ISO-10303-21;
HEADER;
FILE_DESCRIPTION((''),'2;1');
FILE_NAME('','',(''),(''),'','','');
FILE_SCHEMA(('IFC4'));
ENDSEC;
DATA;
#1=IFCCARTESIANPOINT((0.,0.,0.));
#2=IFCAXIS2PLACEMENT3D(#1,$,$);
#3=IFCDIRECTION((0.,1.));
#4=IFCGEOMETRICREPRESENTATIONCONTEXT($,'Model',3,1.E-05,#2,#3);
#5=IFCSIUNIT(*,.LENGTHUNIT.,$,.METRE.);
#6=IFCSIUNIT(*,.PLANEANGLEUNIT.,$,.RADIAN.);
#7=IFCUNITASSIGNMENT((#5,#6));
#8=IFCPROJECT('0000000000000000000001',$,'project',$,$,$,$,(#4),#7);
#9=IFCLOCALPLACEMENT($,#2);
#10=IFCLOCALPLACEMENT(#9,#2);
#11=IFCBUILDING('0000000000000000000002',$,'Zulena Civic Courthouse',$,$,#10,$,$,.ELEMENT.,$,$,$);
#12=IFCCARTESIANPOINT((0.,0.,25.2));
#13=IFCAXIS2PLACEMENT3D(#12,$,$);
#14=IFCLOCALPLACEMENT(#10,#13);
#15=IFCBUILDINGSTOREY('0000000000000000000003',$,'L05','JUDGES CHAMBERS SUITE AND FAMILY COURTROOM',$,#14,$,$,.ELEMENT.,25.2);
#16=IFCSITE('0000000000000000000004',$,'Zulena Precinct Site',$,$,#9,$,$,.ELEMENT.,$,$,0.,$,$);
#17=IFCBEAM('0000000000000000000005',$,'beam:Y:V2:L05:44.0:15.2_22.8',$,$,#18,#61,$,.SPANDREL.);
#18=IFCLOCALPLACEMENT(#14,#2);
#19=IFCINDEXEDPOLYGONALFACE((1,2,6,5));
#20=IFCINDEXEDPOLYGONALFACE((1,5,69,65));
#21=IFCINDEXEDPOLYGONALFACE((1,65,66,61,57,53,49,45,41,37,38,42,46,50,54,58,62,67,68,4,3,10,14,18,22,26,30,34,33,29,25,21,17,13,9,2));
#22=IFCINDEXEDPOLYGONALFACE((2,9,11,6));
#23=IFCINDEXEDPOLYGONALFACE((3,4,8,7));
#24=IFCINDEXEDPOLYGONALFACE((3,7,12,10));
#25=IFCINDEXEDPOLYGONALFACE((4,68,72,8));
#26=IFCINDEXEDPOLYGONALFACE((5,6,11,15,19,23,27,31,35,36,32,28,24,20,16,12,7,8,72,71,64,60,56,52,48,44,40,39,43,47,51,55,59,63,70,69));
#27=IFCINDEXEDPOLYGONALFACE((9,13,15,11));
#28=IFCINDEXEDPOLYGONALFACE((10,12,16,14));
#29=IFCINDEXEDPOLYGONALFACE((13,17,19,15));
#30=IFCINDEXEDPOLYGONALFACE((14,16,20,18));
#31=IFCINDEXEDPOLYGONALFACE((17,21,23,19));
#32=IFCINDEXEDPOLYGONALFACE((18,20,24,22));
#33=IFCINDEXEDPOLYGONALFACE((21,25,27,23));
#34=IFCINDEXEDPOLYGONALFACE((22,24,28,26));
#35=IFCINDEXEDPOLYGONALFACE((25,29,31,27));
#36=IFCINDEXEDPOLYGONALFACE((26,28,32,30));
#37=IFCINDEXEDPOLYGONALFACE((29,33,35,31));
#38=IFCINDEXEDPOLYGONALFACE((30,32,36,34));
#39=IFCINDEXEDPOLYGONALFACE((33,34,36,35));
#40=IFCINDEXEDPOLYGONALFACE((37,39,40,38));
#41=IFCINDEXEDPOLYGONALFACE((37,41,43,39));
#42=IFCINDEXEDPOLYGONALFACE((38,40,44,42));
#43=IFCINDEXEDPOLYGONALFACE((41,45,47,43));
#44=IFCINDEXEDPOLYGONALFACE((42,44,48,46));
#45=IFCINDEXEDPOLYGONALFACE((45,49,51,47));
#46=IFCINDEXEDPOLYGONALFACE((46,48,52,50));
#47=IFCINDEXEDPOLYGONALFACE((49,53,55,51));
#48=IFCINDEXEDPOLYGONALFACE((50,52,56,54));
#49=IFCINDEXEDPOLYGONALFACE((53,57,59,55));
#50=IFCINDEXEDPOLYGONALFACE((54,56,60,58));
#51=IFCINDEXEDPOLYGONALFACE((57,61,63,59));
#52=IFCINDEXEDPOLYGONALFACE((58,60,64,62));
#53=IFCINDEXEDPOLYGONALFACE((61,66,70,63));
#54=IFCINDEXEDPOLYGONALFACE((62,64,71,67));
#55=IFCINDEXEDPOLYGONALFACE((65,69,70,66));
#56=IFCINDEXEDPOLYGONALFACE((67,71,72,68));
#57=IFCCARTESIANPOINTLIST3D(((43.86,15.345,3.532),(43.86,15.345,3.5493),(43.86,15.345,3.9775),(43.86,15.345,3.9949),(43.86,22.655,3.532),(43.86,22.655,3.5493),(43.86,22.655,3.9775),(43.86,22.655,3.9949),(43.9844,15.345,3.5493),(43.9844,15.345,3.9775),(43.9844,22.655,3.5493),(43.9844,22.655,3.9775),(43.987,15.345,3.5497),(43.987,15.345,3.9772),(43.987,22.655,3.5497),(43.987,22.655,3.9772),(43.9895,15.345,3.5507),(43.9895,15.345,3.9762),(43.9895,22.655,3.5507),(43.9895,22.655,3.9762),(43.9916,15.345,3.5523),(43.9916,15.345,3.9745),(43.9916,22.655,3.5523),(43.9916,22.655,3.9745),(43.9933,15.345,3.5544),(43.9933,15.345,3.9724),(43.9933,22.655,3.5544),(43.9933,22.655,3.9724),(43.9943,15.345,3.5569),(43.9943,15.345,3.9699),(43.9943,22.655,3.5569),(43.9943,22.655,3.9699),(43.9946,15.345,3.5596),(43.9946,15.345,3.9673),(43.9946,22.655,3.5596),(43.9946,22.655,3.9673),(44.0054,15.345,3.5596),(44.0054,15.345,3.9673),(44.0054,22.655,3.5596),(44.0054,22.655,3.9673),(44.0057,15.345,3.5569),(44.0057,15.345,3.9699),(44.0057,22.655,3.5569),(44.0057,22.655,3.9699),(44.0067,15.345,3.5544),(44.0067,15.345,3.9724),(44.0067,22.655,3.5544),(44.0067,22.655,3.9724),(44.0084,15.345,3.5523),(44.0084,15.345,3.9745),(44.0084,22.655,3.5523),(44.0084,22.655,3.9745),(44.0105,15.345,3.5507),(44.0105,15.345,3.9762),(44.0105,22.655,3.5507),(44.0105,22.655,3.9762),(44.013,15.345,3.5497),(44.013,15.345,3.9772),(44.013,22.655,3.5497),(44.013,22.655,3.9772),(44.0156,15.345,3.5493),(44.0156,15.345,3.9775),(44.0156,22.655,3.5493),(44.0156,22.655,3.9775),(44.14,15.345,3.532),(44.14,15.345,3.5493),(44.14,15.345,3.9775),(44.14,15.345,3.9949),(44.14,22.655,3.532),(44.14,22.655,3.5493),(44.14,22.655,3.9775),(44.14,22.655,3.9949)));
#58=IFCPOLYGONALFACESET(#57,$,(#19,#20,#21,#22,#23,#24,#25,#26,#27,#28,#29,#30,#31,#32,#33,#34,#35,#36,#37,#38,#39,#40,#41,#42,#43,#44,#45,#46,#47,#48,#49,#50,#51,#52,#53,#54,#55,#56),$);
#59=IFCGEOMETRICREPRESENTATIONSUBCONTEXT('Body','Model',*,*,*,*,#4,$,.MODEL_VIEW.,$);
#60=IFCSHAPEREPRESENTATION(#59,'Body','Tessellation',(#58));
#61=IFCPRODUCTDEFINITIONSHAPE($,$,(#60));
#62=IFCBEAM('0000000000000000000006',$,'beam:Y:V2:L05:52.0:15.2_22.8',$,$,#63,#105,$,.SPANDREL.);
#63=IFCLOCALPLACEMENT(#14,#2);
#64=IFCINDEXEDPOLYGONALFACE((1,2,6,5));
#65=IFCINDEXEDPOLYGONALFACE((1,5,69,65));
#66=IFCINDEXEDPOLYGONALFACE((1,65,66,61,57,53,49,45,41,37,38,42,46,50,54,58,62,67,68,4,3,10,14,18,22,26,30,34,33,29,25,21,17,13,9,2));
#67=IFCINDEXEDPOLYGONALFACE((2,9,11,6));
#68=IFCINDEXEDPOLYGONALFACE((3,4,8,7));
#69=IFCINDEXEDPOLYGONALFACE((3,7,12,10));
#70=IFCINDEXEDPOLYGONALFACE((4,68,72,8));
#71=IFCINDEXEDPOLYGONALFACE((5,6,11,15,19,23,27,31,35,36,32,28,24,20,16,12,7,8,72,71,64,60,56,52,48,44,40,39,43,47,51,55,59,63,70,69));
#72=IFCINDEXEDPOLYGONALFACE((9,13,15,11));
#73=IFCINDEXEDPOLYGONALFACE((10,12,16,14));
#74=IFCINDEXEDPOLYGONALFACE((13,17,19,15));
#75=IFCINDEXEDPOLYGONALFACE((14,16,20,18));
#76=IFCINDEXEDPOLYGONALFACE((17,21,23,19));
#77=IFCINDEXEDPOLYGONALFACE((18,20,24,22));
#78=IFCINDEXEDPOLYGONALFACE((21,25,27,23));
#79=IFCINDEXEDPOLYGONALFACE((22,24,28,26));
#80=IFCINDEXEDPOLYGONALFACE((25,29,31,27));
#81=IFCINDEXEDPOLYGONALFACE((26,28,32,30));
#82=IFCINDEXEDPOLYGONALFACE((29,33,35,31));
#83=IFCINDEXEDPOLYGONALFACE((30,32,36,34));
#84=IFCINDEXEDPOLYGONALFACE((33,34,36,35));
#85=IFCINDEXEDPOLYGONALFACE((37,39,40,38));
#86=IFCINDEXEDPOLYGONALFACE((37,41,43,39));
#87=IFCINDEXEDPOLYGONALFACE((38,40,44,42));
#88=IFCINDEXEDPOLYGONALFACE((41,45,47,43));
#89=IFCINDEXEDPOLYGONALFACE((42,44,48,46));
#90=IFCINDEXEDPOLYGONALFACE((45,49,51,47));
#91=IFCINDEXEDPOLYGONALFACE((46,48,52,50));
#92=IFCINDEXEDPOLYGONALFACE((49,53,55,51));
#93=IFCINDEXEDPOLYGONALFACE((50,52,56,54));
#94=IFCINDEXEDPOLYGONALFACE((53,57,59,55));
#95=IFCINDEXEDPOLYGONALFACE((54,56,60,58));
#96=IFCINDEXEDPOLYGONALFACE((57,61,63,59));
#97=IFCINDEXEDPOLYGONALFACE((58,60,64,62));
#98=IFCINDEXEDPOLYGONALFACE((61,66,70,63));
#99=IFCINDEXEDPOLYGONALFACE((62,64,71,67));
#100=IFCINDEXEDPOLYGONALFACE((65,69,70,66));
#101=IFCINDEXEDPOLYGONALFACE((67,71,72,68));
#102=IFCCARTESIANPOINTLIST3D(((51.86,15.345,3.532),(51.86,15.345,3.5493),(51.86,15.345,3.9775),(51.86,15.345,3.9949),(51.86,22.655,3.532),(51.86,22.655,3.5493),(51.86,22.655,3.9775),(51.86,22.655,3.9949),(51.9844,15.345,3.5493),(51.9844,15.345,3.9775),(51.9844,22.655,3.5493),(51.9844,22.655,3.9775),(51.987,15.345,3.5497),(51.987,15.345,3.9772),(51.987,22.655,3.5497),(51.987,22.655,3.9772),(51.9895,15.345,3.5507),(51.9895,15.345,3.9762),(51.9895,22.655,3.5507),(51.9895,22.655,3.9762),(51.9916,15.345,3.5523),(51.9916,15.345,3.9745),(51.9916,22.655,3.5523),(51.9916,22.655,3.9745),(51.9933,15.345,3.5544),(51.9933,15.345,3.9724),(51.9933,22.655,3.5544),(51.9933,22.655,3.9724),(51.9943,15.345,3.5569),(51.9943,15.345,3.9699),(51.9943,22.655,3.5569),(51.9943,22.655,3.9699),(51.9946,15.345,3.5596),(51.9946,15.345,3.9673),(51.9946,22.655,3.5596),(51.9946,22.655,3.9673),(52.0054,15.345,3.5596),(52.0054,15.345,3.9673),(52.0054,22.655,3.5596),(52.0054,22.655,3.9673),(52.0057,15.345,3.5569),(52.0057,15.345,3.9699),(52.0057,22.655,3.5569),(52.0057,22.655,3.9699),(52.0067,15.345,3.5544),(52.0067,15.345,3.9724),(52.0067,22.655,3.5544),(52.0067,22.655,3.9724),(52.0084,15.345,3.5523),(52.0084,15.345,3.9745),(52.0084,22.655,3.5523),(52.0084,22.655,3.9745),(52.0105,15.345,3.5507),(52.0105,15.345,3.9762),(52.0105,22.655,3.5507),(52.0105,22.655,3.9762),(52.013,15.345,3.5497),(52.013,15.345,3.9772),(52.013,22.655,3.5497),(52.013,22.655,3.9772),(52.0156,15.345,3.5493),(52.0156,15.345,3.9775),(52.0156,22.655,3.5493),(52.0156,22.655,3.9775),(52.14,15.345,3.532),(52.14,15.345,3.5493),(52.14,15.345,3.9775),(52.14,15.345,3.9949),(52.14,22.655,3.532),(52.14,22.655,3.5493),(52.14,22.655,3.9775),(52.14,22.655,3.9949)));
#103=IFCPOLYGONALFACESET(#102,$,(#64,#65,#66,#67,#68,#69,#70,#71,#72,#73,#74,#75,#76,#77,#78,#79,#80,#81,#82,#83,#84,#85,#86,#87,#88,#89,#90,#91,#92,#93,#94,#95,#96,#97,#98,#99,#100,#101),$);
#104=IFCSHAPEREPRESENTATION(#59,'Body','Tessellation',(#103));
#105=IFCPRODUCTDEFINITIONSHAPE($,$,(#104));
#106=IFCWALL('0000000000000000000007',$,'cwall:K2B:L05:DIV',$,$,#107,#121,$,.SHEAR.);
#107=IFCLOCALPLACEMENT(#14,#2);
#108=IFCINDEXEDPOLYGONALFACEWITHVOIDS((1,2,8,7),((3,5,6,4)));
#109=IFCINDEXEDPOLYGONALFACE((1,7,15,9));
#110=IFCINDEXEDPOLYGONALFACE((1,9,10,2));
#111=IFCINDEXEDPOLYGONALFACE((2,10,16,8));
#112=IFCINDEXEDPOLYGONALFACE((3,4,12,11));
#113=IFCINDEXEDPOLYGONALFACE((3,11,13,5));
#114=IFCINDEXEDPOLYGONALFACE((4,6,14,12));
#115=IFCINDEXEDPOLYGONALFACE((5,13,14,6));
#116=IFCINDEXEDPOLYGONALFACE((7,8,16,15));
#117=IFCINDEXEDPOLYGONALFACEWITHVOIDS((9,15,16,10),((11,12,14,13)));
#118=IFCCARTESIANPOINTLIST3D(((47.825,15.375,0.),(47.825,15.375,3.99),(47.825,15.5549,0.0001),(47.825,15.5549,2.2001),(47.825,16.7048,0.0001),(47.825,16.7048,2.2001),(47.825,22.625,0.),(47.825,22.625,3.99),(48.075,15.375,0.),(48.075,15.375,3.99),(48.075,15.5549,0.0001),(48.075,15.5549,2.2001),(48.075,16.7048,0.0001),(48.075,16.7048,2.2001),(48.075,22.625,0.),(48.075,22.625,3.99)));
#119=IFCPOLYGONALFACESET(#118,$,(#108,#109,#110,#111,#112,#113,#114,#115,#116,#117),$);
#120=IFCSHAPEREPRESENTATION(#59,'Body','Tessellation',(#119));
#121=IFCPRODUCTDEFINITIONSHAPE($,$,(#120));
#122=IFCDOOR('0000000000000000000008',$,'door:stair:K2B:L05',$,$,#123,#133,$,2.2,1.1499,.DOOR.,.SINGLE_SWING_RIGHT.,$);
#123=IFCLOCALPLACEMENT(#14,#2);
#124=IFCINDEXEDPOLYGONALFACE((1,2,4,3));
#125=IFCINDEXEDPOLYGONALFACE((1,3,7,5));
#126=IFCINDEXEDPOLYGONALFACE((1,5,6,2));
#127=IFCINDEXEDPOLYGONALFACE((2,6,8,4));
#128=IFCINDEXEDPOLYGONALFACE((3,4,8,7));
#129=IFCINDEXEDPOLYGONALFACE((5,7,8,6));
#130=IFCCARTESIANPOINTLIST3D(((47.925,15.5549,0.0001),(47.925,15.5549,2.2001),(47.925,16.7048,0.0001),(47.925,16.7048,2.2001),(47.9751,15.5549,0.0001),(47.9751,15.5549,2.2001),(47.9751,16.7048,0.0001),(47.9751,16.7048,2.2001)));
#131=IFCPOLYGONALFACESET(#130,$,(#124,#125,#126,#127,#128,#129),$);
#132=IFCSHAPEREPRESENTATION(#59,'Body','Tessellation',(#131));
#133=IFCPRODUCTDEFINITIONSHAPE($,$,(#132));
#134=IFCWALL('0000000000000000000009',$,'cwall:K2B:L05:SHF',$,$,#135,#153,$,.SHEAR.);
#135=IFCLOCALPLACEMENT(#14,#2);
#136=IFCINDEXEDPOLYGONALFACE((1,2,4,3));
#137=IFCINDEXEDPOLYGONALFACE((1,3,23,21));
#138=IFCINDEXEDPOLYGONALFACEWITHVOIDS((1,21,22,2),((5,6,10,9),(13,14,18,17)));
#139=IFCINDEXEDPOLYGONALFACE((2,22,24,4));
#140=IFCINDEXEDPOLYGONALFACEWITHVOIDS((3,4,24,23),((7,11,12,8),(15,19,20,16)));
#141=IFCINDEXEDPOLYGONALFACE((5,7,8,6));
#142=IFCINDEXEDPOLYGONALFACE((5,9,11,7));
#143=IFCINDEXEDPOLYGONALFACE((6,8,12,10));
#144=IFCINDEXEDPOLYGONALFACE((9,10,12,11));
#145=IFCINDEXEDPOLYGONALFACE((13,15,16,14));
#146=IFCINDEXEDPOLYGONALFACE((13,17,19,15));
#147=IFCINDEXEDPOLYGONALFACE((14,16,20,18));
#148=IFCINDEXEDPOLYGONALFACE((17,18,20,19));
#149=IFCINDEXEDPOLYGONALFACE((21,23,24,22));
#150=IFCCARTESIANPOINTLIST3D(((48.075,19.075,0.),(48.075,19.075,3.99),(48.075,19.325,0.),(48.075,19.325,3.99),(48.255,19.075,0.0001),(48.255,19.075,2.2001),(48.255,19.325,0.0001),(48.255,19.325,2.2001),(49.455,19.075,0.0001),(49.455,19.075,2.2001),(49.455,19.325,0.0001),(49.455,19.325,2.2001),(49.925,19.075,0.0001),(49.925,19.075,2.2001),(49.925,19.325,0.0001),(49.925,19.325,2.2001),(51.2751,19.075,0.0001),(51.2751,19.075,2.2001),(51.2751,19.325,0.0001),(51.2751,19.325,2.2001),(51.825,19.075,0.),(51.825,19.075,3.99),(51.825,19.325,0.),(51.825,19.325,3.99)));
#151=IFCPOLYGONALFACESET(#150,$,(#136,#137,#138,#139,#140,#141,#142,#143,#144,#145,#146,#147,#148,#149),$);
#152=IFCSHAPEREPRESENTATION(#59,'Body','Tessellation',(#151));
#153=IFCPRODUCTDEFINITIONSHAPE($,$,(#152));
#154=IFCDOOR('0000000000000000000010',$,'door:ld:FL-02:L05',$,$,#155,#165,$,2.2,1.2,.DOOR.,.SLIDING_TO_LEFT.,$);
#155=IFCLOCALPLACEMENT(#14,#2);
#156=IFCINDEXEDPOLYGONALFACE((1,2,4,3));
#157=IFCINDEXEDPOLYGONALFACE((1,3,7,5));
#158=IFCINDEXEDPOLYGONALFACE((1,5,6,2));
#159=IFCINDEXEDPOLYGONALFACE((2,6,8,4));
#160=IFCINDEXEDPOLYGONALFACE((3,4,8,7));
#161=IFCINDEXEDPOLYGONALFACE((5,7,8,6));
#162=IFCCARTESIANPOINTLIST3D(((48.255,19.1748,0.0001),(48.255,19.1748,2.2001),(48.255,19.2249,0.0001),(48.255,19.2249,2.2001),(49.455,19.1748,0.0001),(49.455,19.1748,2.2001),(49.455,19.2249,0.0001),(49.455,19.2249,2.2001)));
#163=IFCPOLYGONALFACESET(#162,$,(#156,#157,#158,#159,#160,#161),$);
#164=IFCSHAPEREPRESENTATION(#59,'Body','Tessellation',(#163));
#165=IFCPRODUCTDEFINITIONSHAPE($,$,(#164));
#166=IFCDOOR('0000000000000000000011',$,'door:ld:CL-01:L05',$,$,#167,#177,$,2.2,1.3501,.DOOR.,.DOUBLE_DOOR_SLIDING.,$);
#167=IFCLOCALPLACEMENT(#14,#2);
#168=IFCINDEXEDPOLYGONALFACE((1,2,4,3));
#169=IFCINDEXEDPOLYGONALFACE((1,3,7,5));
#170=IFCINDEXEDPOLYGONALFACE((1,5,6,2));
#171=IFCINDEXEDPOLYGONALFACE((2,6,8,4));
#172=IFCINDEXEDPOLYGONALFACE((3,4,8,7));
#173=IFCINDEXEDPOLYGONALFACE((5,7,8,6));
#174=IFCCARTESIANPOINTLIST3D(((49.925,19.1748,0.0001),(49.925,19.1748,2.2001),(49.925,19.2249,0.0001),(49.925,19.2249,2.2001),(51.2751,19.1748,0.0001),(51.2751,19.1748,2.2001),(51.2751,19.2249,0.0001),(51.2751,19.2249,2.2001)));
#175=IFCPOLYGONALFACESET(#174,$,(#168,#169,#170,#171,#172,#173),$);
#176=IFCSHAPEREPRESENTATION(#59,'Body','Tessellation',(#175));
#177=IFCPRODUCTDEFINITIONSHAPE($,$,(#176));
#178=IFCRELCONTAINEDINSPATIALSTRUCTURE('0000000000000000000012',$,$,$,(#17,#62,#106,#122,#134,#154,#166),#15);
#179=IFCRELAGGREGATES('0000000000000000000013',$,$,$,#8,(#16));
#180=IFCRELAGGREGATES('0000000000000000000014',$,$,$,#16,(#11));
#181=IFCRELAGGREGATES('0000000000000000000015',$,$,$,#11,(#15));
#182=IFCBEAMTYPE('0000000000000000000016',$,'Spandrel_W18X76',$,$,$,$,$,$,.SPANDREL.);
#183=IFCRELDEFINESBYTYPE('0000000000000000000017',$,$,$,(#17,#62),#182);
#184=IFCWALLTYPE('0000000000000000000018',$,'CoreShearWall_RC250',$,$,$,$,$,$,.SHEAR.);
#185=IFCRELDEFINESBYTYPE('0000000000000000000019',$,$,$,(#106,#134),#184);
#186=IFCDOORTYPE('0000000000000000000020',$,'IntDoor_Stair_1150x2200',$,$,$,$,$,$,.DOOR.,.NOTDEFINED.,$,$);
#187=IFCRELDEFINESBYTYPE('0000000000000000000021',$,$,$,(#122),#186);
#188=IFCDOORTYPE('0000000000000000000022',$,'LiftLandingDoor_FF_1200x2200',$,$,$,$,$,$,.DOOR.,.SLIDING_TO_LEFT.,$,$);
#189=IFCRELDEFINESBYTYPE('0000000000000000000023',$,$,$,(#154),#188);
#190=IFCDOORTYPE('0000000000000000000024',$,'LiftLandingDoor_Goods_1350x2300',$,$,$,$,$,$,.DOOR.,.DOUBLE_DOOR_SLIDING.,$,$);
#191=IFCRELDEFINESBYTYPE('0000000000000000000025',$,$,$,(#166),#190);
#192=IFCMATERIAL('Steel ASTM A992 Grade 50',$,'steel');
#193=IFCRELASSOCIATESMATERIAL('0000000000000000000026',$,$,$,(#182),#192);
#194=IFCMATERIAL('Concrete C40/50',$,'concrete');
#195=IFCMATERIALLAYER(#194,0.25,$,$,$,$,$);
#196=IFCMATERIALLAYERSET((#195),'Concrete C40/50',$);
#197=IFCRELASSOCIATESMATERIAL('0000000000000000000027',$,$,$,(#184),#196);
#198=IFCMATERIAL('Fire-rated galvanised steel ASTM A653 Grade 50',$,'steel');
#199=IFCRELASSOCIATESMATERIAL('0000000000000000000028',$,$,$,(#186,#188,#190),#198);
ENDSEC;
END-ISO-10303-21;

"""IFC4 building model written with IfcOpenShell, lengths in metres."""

from ifc_helpers import new_model, si_unit, direction, frame, frame_2d, origin, origin_2d, place, context, subcontext, project, spatial, rectangle, i_section, extrude, material, layer, layer_set, material_profile, profile_set, type_object, element, fill, save


model = new_model("IFC4")

# Units and contexts
model_context = context("Model", 3, precision=1e-05, world=origin(), true_north=direction((0.0, 1.0)))
body_context = subcontext(model_context, "Body", "Model", "MODEL_VIEW")
ifc_project = project(units=[si_unit("LENGTHUNIT", "METRE"), si_unit("PLANEANGLEUNIT", "RADIAN")], contexts=[model_context])

# Site, building, storey
site_placement = place(None, origin())
site = spatial("IfcSite", under=ifc_project, at=site_placement, Name="Zulena Precinct Site", CompositionType="ELEMENT", RefElevation=0.0)
building_placement = place(site_placement, origin())
building = spatial("IfcBuilding", under=site, at=building_placement, Name="Zulena Civic Courthouse", CompositionType="ELEMENT")
storey_placement = place(building_placement, frame((0.0, 0.0, 25.2)))
storey = spatial("IfcBuildingStorey", under=building, at=storey_placement, Name="L05", Description="JUDGES CHAMBERS SUITE AND FAMILY COURTROOM", CompositionType="ELEMENT", Elevation=25.2)

# Shared definitions
ifc_material_1 = material(Name="Steel ASTM A992 Grade 50", Category="steel")

# Beams
ifc_material_profile_1 = material_profile(ifc_material_1, i_section(OverallWidth=0.28, OverallDepth=0.4629, WebThickness=0.0107, FlangeThickness=0.0173, FilletRadius=0.0103, at=origin_2d()), Name="W18X76")
ifc_profile_set_1 = profile_set([ifc_material_profile_1], Name="Steel ASTM A992 Grade 50")
beam_type_1 = type_object("IfcBeamType", Name="Spandrel_W18X76", PredefinedType="SPANDREL", material=ifc_profile_set_1)
for number, where, z_axis, x_axis, name in (
    (1, (44.0, 15.345, 3.7634), (0.0, 1.0, 0.0), (-1.0, 0.0, 0.0), "beam:Y:V2:L05:44.0:15.2_22.8"),
    (2, (52.0, 15.345, 3.7634), (0.0, 1.0, 0.0), (-1.0, 0.0, 0.0), "beam:Y:V2:L05:52.0:15.2_22.8"),
):
    element("IfcBeam", number, at=place(storey_placement, frame(where, z_axis=z_axis, x_axis=x_axis)), inside=storey, type_object=beam_type_1, Name=name, PredefinedType="SPANDREL", context=body_context, shape_type="SweptSolid", body=[
        extrude(i_section(OverallWidth=0.28, OverallDepth=0.4629, WebThickness=0.0107, FlangeThickness=0.0173, FilletRadius=0.0103, at=origin_2d()), origin(), (0.0, 0.0, 1.0), 7.3101),
    ])

# Wall, opening, door
ifc_material_2 = material(Name="Concrete C40/50", Category="concrete")
ifc_layer_1 = layer(ifc_material_2, 0.25)
ifc_layer_set_1 = layer_set([ifc_layer_1], Name="Concrete C40/50")
wall_type_1 = type_object("IfcWallType", Name="CoreShearWall_RC250", PredefinedType="SHEAR", material=ifc_layer_set_1)
wall_1_placement = place(storey_placement, frame((47.95, 15.375, 0.0), z_axis=(0.0, 0.0, 1.0), x_axis=(0.0, 1.0, 0.0)))
wall_1 = element("IfcWall", 3, at=wall_1_placement, inside=storey, type_object=wall_type_1, Name="cwall:K2B:L05:DIV", PredefinedType="SHEAR", context=body_context, shape_type="SweptSolid", body=[
    extrude(rectangle(XDim=7.25, YDim=0.25, at=frame_2d((3.625, 0.0))), origin(), (0.0, 0.0, 1.0), 3.99),
])
opening_1_placement = place(wall_1_placement, frame((0.1799, 0.0, 0.0)))
opening_1 = element("IfcOpeningElement", 4, at=opening_1_placement, cuts=wall_1, PredefinedType="OPENING", context=body_context, shape_type="SweptSolid", body=[
    extrude(rectangle(XDim=1.1499, YDim=2.2, at=frame_2d((0.575, 1.1001))), frame((0.0, 0.135, 0.0), z_axis=(0.0, -1.0, 0.0), x_axis=(1.0, 0.0, 0.0)), (0.0, 0.0, 1.0), 0.27),
])
ifc_material_3 = material(Name="Fire-rated galvanised steel ASTM A653 Grade 50", Category="steel")
door_type_1 = type_object("IfcDoorType", Name="IntDoor_Stair_1150x2200", OperationType="NOTDEFINED", PredefinedType="DOOR", material=ifc_material_3)
door_1_placement = place(opening_1_placement, origin())
door_1 = element("IfcDoor", 5, at=door_1_placement, inside=storey, type_object=door_type_1, Name="door:stair:K2B:L05", OperationType="SINGLE_SWING_RIGHT", OverallHeight=2.2, OverallWidth=1.1499, PredefinedType="DOOR", context=body_context, shape_type="SweptSolid", body=[
    extrude(rectangle(XDim=1.1499, YDim=2.2, at=frame_2d((0.575, 1.1001))), frame((0.0, 0.0249, 0.0), z_axis=(0.0, -1.0, 0.0), x_axis=(1.0, 0.0, 0.0)), (0.0, 0.0, 1.0), 0.05),
])
fill(opening_1, door_1)

# Wall, openings, doors
wall_2_placement = place(storey_placement, frame((48.075, 19.2, 0.0), z_axis=(0.0, 0.0, 1.0), x_axis=(1.0, 0.0, 0.0)))
wall_2 = element("IfcWall", 6, at=wall_2_placement, inside=storey, type_object=wall_type_1, Name="cwall:K2B:L05:SHF", PredefinedType="SHEAR", context=body_context, shape_type="SweptSolid", body=[
    extrude(rectangle(XDim=3.75, YDim=0.25, at=frame_2d((1.875, 0.0))), origin(), (0.0, 0.0, 1.0), 3.99),
])
opening_2_placement = place(wall_2_placement, frame((0.1799, 0.0, 0.0)))
opening_2 = element("IfcOpeningElement", 7, at=opening_2_placement, cuts=wall_2, PredefinedType="OPENING", context=body_context, shape_type="SweptSolid", body=[
    extrude(rectangle(XDim=1.2, YDim=2.2, at=frame_2d((0.6001, 1.1001))), frame((0.0, 0.135, 0.0), z_axis=(0.0, -1.0, 0.0), x_axis=(1.0, 0.0, 0.0)), (0.0, 0.0, 1.0), 0.27),
])
opening_3_placement = place(wall_2_placement, frame((1.8501, 0.0, 0.0)))
opening_3 = element("IfcOpeningElement", 8, at=opening_3_placement, cuts=wall_2, PredefinedType="OPENING", context=body_context, shape_type="SweptSolid", body=[
    extrude(rectangle(XDim=1.3501, YDim=2.2, at=frame_2d((0.675, 1.1001))), frame((0.0, 0.135, 0.0), z_axis=(0.0, -1.0, 0.0), x_axis=(1.0, 0.0, 0.0)), (0.0, 0.0, 1.0), 0.27),
])
door_type_2 = type_object("IfcDoorType", Name="LiftLandingDoor_FF_1200x2200", OperationType="SLIDING_TO_LEFT", PredefinedType="DOOR", material=ifc_material_3)
door_2_placement = place(opening_2_placement, origin())
door_2 = element("IfcDoor", 9, at=door_2_placement, inside=storey, type_object=door_type_2, Name="door:ld:FL-02:L05", OperationType="SLIDING_TO_LEFT", OverallHeight=2.2, OverallWidth=1.2, PredefinedType="DOOR", context=body_context, shape_type="SweptSolid", body=[
    extrude(rectangle(XDim=1.2, YDim=2.2, at=frame_2d((0.6001, 1.1001))), frame((0.0, 0.0249, 0.0), z_axis=(0.0, -1.0, 0.0), x_axis=(1.0, 0.0, 0.0)), (0.0, 0.0, 1.0), 0.05),
])
fill(opening_2, door_2)
door_type_3 = type_object("IfcDoorType", Name="LiftLandingDoor_Goods_1350x2300", OperationType="DOUBLE_DOOR_SLIDING", PredefinedType="DOOR", material=ifc_material_3)
door_3_placement = place(opening_3_placement, origin())
door_3 = element("IfcDoor", 10, at=door_3_placement, inside=storey, type_object=door_type_3, Name="door:ld:CL-01:L05", OperationType="DOUBLE_DOOR_SLIDING", OverallHeight=2.2, OverallWidth=1.3501, PredefinedType="DOOR", context=body_context, shape_type="SweptSolid", body=[
    extrude(rectangle(XDim=1.3501, YDim=2.2, at=frame_2d((0.675, 1.1001))), frame((0.0, 0.0249, 0.0), z_axis=(0.0, -1.0, 0.0), x_axis=(1.0, 0.0, 0.0)), (0.0, 0.0, 1.0), 0.05),
])
fill(opening_3, door_3)

save(model, "model.ifc")
